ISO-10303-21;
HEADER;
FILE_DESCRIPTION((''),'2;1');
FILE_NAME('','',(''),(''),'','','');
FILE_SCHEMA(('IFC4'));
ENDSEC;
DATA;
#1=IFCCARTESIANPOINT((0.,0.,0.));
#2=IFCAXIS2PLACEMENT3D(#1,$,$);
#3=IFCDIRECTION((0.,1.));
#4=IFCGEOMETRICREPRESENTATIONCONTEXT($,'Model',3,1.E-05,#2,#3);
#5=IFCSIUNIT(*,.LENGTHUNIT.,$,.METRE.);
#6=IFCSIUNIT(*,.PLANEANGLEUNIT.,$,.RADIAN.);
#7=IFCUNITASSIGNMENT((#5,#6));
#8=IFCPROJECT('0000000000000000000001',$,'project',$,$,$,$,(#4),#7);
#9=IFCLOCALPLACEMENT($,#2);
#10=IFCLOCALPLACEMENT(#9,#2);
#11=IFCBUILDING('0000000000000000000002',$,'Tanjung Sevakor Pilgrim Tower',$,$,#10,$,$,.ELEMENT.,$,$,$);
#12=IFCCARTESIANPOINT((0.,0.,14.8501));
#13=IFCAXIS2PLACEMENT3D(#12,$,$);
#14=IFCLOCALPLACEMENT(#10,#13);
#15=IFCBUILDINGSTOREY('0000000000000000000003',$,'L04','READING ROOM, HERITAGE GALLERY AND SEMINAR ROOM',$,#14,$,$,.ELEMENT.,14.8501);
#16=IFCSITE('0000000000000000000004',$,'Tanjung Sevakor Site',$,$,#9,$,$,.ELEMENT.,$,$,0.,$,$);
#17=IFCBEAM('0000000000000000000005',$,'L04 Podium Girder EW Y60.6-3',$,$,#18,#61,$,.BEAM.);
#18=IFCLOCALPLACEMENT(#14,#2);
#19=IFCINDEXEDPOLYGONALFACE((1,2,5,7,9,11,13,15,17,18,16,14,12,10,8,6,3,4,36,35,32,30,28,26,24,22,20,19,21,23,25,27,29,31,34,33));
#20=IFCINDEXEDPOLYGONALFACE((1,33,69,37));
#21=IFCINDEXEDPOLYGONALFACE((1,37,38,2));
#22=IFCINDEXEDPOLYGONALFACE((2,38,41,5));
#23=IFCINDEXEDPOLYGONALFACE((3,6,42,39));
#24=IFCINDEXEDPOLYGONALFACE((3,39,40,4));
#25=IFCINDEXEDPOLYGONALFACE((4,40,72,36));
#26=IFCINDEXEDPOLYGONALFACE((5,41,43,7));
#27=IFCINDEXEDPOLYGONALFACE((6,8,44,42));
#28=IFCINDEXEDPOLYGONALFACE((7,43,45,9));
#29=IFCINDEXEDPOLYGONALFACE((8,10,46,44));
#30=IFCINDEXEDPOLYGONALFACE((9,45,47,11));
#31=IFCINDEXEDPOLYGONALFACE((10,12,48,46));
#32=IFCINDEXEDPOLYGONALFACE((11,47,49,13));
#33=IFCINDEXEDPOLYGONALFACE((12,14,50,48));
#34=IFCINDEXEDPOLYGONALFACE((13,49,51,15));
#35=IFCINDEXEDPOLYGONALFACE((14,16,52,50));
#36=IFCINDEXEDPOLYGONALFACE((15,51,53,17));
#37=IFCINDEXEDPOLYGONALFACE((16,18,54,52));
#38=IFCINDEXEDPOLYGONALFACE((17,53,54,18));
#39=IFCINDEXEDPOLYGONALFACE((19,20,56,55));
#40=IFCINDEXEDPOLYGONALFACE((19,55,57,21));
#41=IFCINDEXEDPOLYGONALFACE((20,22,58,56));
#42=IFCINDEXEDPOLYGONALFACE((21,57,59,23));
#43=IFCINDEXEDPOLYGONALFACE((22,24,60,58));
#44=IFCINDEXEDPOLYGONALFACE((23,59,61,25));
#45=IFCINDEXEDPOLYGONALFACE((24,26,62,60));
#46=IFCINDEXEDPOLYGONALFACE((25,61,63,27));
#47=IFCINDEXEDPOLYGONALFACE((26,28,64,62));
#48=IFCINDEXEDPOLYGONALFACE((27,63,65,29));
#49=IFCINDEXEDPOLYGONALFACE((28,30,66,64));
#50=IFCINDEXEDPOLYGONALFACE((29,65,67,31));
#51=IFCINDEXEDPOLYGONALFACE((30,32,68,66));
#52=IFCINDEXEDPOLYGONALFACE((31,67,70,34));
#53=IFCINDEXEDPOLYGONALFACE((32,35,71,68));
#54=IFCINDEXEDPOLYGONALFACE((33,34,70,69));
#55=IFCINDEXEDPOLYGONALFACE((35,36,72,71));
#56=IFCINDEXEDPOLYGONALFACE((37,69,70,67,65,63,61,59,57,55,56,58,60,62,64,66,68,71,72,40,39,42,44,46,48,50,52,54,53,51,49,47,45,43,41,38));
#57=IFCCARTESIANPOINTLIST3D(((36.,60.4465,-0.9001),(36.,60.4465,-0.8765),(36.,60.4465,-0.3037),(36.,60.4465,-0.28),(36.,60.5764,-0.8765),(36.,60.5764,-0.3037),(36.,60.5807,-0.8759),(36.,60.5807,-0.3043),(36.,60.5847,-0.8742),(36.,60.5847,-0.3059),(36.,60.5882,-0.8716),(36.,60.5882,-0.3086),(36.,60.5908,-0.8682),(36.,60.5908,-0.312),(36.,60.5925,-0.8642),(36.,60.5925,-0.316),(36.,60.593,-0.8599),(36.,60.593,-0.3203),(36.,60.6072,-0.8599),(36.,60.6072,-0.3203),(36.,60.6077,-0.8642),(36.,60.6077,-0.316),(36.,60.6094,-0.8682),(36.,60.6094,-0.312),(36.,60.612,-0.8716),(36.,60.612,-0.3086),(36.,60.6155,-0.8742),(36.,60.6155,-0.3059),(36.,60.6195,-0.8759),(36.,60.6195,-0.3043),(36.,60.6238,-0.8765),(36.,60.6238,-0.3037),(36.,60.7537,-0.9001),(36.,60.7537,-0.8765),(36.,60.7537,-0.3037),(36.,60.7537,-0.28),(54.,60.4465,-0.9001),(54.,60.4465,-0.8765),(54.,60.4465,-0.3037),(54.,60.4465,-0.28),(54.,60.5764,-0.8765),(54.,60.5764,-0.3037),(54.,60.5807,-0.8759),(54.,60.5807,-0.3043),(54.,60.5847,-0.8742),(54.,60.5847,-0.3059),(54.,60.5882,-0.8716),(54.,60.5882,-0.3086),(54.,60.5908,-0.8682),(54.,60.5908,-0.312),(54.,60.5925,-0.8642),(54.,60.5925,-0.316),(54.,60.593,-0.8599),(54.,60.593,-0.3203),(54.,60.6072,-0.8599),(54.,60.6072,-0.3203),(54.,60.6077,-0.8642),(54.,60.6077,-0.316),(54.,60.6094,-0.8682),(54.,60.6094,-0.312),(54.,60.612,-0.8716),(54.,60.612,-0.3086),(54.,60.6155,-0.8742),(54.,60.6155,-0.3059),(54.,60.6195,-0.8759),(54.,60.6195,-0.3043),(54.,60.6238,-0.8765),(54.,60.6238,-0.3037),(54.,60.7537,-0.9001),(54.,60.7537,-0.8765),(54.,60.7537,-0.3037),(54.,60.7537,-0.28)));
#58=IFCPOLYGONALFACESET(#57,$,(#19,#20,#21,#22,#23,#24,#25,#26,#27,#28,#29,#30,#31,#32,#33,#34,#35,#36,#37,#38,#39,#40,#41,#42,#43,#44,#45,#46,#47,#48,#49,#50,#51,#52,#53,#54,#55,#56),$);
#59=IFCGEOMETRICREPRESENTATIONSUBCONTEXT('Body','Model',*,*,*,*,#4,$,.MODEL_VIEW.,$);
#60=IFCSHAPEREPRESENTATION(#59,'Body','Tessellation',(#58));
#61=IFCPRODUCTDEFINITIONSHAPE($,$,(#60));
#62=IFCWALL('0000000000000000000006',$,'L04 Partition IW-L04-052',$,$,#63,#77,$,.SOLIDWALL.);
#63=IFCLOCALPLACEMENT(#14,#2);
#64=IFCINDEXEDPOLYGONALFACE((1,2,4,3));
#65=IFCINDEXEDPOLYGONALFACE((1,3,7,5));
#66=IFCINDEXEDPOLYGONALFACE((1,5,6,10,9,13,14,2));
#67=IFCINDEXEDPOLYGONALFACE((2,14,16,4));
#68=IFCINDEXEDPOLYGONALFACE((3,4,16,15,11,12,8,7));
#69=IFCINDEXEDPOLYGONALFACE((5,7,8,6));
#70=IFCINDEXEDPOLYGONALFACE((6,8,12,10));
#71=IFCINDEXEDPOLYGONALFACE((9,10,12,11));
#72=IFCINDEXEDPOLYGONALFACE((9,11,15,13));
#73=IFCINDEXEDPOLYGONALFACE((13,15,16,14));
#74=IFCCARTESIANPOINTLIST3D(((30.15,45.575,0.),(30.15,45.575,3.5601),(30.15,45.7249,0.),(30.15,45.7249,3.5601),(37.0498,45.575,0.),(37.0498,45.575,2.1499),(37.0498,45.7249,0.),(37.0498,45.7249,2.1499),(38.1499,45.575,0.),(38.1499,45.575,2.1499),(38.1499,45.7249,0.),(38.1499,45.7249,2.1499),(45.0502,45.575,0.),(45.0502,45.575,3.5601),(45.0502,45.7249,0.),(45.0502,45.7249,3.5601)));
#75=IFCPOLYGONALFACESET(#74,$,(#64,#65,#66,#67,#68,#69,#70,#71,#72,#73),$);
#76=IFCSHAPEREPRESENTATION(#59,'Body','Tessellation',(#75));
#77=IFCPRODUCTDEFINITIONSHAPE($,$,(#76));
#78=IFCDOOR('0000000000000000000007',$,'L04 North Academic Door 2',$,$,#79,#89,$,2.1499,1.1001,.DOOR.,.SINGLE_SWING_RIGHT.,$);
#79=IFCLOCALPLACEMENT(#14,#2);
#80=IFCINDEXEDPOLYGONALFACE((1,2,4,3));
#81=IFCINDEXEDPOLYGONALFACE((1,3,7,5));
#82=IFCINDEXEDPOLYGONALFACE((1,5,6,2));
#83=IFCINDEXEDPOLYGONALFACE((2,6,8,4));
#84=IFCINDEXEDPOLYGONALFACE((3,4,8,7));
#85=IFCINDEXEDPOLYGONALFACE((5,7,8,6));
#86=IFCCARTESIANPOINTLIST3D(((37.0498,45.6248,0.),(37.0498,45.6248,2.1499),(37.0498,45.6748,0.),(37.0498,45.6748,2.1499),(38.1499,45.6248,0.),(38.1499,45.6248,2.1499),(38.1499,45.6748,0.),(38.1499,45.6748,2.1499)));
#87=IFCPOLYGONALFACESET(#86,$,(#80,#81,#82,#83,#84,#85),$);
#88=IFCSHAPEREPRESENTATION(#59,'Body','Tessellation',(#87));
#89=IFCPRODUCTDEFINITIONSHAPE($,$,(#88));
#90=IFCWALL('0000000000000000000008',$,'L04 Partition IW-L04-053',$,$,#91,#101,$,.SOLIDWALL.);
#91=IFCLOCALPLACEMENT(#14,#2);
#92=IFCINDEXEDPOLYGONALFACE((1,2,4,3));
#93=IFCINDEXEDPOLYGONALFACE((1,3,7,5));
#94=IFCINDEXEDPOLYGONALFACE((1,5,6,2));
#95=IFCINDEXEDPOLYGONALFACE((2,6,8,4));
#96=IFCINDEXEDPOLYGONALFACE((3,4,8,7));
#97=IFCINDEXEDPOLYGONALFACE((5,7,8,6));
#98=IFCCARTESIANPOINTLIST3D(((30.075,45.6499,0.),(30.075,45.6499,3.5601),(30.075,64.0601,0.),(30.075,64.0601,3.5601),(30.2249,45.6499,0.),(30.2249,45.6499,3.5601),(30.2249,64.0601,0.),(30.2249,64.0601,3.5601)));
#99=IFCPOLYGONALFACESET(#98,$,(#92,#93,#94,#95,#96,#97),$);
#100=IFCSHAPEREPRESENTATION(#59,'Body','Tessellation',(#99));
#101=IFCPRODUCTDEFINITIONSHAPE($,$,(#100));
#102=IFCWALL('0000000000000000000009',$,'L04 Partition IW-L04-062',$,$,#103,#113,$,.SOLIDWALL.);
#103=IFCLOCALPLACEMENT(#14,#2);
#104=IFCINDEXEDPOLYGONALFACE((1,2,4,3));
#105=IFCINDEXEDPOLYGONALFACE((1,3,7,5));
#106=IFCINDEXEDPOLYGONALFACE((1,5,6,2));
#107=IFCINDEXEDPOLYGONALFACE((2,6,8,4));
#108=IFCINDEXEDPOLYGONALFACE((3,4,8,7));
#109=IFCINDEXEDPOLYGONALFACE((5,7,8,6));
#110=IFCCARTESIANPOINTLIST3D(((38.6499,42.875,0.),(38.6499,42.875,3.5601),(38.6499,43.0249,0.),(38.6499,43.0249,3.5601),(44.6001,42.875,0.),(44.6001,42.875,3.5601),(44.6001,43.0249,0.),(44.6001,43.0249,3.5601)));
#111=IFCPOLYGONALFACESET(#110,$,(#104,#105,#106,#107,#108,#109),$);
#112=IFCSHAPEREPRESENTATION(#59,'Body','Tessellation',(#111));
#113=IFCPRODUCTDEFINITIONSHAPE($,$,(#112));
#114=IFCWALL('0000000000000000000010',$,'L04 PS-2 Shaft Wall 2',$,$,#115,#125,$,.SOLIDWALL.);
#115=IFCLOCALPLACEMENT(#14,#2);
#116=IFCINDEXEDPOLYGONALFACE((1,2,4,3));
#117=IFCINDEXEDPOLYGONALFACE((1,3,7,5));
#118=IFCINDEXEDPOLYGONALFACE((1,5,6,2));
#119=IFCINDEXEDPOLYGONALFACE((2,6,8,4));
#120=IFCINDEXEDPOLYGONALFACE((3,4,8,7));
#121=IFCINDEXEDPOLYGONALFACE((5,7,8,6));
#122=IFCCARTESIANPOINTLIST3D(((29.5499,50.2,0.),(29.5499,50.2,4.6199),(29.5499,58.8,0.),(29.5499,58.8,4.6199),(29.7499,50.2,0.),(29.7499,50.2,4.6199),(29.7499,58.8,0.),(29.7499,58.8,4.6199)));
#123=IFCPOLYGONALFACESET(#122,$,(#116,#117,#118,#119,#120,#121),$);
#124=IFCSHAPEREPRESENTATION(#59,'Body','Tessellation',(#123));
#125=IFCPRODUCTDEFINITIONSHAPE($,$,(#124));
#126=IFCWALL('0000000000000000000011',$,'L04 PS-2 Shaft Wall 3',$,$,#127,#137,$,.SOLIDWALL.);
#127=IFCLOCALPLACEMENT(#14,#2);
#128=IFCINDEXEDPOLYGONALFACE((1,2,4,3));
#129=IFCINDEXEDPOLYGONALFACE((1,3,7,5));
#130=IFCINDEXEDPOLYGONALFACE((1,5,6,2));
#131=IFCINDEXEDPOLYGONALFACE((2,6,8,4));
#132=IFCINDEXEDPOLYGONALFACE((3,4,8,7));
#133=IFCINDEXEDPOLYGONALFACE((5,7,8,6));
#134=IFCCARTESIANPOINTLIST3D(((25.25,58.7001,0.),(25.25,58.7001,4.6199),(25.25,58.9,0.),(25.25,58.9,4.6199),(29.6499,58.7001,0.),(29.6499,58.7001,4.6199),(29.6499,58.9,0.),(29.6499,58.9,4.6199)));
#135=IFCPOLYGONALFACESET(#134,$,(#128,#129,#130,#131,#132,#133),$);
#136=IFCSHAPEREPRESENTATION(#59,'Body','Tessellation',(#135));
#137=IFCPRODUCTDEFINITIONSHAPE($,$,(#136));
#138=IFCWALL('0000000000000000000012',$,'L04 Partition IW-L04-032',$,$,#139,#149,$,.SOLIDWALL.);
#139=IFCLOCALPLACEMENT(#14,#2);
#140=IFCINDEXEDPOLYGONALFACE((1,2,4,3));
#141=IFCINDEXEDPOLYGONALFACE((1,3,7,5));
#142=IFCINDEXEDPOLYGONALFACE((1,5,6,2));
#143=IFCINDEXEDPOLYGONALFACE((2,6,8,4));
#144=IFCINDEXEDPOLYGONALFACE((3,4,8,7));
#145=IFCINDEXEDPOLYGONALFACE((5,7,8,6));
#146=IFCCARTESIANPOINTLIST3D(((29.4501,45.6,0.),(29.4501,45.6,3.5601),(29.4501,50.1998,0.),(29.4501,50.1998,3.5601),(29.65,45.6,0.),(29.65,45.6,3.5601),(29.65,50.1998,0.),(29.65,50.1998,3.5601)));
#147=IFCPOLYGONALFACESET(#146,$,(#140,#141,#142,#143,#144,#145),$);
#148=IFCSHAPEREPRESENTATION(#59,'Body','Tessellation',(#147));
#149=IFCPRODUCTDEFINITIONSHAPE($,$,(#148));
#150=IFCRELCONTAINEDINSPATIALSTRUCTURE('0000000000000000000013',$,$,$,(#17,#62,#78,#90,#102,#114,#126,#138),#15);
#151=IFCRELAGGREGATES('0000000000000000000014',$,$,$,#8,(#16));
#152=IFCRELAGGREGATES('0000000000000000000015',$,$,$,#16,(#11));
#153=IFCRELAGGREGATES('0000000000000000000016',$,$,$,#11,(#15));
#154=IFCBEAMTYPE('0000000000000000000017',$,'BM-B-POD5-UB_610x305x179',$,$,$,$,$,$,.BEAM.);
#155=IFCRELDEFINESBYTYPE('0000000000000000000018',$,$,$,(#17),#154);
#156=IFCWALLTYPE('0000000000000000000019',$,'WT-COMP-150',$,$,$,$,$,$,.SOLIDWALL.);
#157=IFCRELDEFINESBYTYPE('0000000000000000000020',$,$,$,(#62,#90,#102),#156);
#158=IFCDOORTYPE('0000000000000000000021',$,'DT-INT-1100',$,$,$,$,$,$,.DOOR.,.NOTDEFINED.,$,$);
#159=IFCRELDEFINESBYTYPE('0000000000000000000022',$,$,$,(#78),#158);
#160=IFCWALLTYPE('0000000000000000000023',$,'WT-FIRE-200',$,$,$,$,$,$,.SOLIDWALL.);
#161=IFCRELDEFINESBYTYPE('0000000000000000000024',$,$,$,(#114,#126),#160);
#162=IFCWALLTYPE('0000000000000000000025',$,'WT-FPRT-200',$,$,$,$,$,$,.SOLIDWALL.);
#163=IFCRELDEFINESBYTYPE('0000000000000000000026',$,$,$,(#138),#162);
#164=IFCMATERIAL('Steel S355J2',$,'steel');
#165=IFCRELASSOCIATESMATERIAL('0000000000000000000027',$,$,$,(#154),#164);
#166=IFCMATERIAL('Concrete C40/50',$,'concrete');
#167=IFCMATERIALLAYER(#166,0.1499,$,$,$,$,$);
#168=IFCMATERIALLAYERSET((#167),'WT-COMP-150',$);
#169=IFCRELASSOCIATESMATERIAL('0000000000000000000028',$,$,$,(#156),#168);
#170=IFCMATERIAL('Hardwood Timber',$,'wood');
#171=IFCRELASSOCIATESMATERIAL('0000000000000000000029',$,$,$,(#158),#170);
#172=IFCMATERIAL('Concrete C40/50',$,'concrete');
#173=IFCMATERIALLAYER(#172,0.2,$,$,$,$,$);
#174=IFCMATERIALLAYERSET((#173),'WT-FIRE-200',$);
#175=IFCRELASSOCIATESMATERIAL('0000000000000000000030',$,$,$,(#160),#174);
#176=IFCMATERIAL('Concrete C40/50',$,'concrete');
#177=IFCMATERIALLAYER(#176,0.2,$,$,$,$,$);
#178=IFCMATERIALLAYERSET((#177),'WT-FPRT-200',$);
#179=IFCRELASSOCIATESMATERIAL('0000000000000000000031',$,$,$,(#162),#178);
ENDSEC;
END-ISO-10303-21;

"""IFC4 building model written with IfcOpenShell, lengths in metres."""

from ifc_helpers import new_model, si_unit, direction, frame, frame_2d, origin, origin_2d, place, context, subcontext, project, spatial, rectangle, i_section, extrude, material, layer, layer_set, material_profile, profile_set, type_object, element, fill, save


model = new_model("IFC4")

# Units and contexts
model_context = context("Model", 3, precision=1e-05, world=origin(), true_north=direction((0.0, 1.0)))
body_context = subcontext(model_context, "Body", "Model", "MODEL_VIEW")
ifc_project = project(units=[si_unit("LENGTHUNIT", "METRE"), si_unit("PLANEANGLEUNIT", "RADIAN")], contexts=[model_context])

# Site, building, storey
site_placement = place(None, origin())
site = spatial("IfcSite", under=ifc_project, at=site_placement, Name="Tanjung Sevakor Site", CompositionType="ELEMENT", RefElevation=0.0)
building_placement = place(site_placement, origin())
building = spatial("IfcBuilding", under=site, at=building_placement, Name="Tanjung Sevakor Pilgrim Tower", CompositionType="ELEMENT")
storey_placement = place(building_placement, frame((0.0, 0.0, 14.8501)))
storey = spatial("IfcBuildingStorey", under=building, at=storey_placement, Name="L04", Description="READING ROOM, HERITAGE GALLERY AND SEMINAR ROOM", CompositionType="ELEMENT", Elevation=14.8501)

# Beam
ifc_material_1 = material(Name="Steel S355J2", Category="steel")
ifc_material_profile_1 = material_profile(ifc_material_1, i_section(OverallWidth=0.3071, OverallDepth=0.6201, WebThickness=0.0142, FlangeThickness=0.0237, FilletRadius=0.0166, at=origin_2d()))
ifc_profile_set_1 = profile_set([ifc_material_profile_1], Name="Steel S355J2")
beam_type_1 = type_object("IfcBeamType", Name="BM-B-POD5-UB_610x305x179", PredefinedType="BEAM", material=ifc_profile_set_1)
beam_placement = place(storey_placement, frame((36.0, 60.6001, -0.5901), z_axis=(1.0, 0.0, 0.0), x_axis=(0.0, 1.0, 0.0)))
element("IfcBeam", 1, at=beam_placement, inside=storey, type_object=beam_type_1, Name="L04 Podium Girder EW Y60.6-3", PredefinedType="BEAM", context=body_context, shape_type="SweptSolid", body=[
    extrude(i_section(OverallWidth=0.3071, OverallDepth=0.6201, WebThickness=0.0142, FlangeThickness=0.0237, FilletRadius=0.0166, at=origin_2d()), origin(), (0.0, 0.0, 1.0), 18.0),
])

# Wall, opening, door
ifc_material_2 = material(Name="Concrete C40/50", Category="concrete")
ifc_layer_1 = layer(ifc_material_2, 0.1499)
ifc_layer_set_1 = layer_set([ifc_layer_1], Name="WT-COMP-150")
wall_type_1 = type_object("IfcWallType", Name="WT-COMP-150", PredefinedType="SOLIDWALL", material=ifc_layer_set_1)
wall_1_placement = place(storey_placement, frame((30.1499, 45.6499, 0.0), z_axis=(0.0, 0.0, 1.0), x_axis=(1.0, 0.0, 0.0)))
wall_1 = element("IfcWall", 2, at=wall_1_placement, inside=storey, type_object=wall_type_1, Name="L04 Partition IW-L04-052", PredefinedType="SOLIDWALL", context=body_context, shape_type="SweptSolid", body=[
    extrude(rectangle(XDim=14.9001, YDim=0.1499, at=frame_2d((7.4502, 0.0))), origin(), (0.0, 0.0, 1.0), 3.5601),
])
opening_placement = place(wall_1_placement, frame((6.8999, 0.0, 0.0)))
opening = element("IfcOpeningElement", 3, at=opening_placement, cuts=wall_1, PredefinedType="OPENING", context=body_context, shape_type="SweptSolid", body=[
    extrude(rectangle(XDim=1.1001, YDim=2.1499, at=frame_2d((0.55, 1.075))), frame((0.0, 0.085, 0.0), z_axis=(0.0, -1.0, 0.0), x_axis=(1.0, 0.0, 0.0)), (0.0, 0.0, 1.0), 0.1699),
])
ifc_material_3 = material(Name="Hardwood Timber", Category="wood")
door_type = type_object("IfcDoorType", Name="DT-INT-1100", OperationType="NOTDEFINED", PredefinedType="DOOR", material=ifc_material_3)
door_placement = place(opening_placement, origin())
door = element("IfcDoor", 4, at=door_placement, inside=storey, type_object=door_type, Name="L04 North Academic Door 2", OperationType="SINGLE_SWING_RIGHT", OverallHeight=2.1499, OverallWidth=1.1001, PredefinedType="DOOR", context=body_context, shape_type="SweptSolid", body=[
    extrude(rectangle(XDim=1.1001, YDim=2.1499, at=frame_2d((0.55, 1.075))), frame((0.0, 0.0249, 0.0), z_axis=(0.0, -1.0, 0.0), x_axis=(1.0, 0.0, 0.0)), (0.0, 0.0, 1.0), 0.05),
])
fill(opening, door)

# Walls
wall_2_placement = place(storey_placement, frame((30.1499, 45.6499, 0.0), z_axis=(0.0, 0.0, 1.0), x_axis=(0.0, 1.0, 0.0)))
element("IfcWall", 5, at=wall_2_placement, inside=storey, type_object=wall_type_1, Name="L04 Partition IW-L04-053", PredefinedType="SOLIDWALL", context=body_context, shape_type="SweptSolid", body=[
    extrude(rectangle(XDim=18.4102, YDim=0.1499, at=frame_2d((9.2051, 0.0))), origin(), (0.0, 0.0, 1.0), 3.5601),
])
wall_3_placement = place(storey_placement, frame((38.6499, 42.95, 0.0), z_axis=(0.0, 0.0, 1.0), x_axis=(1.0, 0.0, 0.0)))
element("IfcWall", 6, at=wall_3_placement, inside=storey, type_object=wall_type_1, Name="L04 Partition IW-L04-062", PredefinedType="SOLIDWALL", context=body_context, shape_type="SweptSolid", body=[
    extrude(rectangle(XDim=5.9502, YDim=0.1499, at=frame_2d((2.9751, 0.0))), origin(), (0.0, 0.0, 1.0), 3.5601),
])
ifc_material_4 = material(Name="Concrete C40/50", Category="concrete")
ifc_layer_2 = layer(ifc_material_4, 0.2)
ifc_layer_set_2 = layer_set([ifc_layer_2], Name="WT-FIRE-200")
wall_type_2 = type_object("IfcWallType", Name="WT-FIRE-200", PredefinedType="SOLIDWALL", material=ifc_layer_set_2)
wall_4_placement = place(storey_placement, frame((29.6499, 50.2, 0.0), z_axis=(0.0, 0.0, 1.0), x_axis=(0.0, 1.0, 0.0)))
element("IfcWall", 7, at=wall_4_placement, inside=storey, type_object=wall_type_2, Name="L04 PS-2 Shaft Wall 2", PredefinedType="SOLIDWALL", context=body_context, shape_type="SweptSolid", body=[
    extrude(rectangle(XDim=8.6001, YDim=0.2, at=frame_2d((4.3, 0.0))), origin(), (0.0, 0.0, 1.0), 4.6199),
])
wall_5_placement = place(storey_placement, frame((29.6499, 58.8, 0.0), z_axis=(0.0, 0.0, 1.0), x_axis=(-1.0, 0.0, 0.0)))
element("IfcWall", 8, at=wall_5_placement, inside=storey, type_object=wall_type_2, Name="L04 PS-2 Shaft Wall 3", PredefinedType="SOLIDWALL", context=body_context, shape_type="SweptSolid", body=[
    extrude(rectangle(XDim=4.3999, YDim=0.2, at=frame_2d((2.2, 0.0))), origin(), (0.0, 0.0, 1.0), 4.6199),
])
ifc_material_5 = material(Name="Concrete C40/50", Category="concrete")
ifc_layer_3 = layer(ifc_material_5, 0.2)
ifc_layer_set_3 = layer_set([ifc_layer_3], Name="WT-FPRT-200")
wall_type_3 = type_object("IfcWallType", Name="WT-FPRT-200", PredefinedType="SOLIDWALL", material=ifc_layer_set_3)
wall_6_placement = place(storey_placement, frame((29.55, 45.6001, 0.0), z_axis=(0.0, 0.0, 1.0), x_axis=(0.0, 1.0, 0.0)))
element("IfcWall", 9, at=wall_6_placement, inside=storey, type_object=wall_type_3, Name="L04 Partition IW-L04-032", PredefinedType="SOLIDWALL", context=body_context, shape_type="SweptSolid", body=[
    extrude(rectangle(XDim=4.5999, YDim=0.2, at=frame_2d((2.2998, 0.0))), origin(), (0.0, 0.0, 1.0), 3.5601),
])

save(model, "model.ifc")
